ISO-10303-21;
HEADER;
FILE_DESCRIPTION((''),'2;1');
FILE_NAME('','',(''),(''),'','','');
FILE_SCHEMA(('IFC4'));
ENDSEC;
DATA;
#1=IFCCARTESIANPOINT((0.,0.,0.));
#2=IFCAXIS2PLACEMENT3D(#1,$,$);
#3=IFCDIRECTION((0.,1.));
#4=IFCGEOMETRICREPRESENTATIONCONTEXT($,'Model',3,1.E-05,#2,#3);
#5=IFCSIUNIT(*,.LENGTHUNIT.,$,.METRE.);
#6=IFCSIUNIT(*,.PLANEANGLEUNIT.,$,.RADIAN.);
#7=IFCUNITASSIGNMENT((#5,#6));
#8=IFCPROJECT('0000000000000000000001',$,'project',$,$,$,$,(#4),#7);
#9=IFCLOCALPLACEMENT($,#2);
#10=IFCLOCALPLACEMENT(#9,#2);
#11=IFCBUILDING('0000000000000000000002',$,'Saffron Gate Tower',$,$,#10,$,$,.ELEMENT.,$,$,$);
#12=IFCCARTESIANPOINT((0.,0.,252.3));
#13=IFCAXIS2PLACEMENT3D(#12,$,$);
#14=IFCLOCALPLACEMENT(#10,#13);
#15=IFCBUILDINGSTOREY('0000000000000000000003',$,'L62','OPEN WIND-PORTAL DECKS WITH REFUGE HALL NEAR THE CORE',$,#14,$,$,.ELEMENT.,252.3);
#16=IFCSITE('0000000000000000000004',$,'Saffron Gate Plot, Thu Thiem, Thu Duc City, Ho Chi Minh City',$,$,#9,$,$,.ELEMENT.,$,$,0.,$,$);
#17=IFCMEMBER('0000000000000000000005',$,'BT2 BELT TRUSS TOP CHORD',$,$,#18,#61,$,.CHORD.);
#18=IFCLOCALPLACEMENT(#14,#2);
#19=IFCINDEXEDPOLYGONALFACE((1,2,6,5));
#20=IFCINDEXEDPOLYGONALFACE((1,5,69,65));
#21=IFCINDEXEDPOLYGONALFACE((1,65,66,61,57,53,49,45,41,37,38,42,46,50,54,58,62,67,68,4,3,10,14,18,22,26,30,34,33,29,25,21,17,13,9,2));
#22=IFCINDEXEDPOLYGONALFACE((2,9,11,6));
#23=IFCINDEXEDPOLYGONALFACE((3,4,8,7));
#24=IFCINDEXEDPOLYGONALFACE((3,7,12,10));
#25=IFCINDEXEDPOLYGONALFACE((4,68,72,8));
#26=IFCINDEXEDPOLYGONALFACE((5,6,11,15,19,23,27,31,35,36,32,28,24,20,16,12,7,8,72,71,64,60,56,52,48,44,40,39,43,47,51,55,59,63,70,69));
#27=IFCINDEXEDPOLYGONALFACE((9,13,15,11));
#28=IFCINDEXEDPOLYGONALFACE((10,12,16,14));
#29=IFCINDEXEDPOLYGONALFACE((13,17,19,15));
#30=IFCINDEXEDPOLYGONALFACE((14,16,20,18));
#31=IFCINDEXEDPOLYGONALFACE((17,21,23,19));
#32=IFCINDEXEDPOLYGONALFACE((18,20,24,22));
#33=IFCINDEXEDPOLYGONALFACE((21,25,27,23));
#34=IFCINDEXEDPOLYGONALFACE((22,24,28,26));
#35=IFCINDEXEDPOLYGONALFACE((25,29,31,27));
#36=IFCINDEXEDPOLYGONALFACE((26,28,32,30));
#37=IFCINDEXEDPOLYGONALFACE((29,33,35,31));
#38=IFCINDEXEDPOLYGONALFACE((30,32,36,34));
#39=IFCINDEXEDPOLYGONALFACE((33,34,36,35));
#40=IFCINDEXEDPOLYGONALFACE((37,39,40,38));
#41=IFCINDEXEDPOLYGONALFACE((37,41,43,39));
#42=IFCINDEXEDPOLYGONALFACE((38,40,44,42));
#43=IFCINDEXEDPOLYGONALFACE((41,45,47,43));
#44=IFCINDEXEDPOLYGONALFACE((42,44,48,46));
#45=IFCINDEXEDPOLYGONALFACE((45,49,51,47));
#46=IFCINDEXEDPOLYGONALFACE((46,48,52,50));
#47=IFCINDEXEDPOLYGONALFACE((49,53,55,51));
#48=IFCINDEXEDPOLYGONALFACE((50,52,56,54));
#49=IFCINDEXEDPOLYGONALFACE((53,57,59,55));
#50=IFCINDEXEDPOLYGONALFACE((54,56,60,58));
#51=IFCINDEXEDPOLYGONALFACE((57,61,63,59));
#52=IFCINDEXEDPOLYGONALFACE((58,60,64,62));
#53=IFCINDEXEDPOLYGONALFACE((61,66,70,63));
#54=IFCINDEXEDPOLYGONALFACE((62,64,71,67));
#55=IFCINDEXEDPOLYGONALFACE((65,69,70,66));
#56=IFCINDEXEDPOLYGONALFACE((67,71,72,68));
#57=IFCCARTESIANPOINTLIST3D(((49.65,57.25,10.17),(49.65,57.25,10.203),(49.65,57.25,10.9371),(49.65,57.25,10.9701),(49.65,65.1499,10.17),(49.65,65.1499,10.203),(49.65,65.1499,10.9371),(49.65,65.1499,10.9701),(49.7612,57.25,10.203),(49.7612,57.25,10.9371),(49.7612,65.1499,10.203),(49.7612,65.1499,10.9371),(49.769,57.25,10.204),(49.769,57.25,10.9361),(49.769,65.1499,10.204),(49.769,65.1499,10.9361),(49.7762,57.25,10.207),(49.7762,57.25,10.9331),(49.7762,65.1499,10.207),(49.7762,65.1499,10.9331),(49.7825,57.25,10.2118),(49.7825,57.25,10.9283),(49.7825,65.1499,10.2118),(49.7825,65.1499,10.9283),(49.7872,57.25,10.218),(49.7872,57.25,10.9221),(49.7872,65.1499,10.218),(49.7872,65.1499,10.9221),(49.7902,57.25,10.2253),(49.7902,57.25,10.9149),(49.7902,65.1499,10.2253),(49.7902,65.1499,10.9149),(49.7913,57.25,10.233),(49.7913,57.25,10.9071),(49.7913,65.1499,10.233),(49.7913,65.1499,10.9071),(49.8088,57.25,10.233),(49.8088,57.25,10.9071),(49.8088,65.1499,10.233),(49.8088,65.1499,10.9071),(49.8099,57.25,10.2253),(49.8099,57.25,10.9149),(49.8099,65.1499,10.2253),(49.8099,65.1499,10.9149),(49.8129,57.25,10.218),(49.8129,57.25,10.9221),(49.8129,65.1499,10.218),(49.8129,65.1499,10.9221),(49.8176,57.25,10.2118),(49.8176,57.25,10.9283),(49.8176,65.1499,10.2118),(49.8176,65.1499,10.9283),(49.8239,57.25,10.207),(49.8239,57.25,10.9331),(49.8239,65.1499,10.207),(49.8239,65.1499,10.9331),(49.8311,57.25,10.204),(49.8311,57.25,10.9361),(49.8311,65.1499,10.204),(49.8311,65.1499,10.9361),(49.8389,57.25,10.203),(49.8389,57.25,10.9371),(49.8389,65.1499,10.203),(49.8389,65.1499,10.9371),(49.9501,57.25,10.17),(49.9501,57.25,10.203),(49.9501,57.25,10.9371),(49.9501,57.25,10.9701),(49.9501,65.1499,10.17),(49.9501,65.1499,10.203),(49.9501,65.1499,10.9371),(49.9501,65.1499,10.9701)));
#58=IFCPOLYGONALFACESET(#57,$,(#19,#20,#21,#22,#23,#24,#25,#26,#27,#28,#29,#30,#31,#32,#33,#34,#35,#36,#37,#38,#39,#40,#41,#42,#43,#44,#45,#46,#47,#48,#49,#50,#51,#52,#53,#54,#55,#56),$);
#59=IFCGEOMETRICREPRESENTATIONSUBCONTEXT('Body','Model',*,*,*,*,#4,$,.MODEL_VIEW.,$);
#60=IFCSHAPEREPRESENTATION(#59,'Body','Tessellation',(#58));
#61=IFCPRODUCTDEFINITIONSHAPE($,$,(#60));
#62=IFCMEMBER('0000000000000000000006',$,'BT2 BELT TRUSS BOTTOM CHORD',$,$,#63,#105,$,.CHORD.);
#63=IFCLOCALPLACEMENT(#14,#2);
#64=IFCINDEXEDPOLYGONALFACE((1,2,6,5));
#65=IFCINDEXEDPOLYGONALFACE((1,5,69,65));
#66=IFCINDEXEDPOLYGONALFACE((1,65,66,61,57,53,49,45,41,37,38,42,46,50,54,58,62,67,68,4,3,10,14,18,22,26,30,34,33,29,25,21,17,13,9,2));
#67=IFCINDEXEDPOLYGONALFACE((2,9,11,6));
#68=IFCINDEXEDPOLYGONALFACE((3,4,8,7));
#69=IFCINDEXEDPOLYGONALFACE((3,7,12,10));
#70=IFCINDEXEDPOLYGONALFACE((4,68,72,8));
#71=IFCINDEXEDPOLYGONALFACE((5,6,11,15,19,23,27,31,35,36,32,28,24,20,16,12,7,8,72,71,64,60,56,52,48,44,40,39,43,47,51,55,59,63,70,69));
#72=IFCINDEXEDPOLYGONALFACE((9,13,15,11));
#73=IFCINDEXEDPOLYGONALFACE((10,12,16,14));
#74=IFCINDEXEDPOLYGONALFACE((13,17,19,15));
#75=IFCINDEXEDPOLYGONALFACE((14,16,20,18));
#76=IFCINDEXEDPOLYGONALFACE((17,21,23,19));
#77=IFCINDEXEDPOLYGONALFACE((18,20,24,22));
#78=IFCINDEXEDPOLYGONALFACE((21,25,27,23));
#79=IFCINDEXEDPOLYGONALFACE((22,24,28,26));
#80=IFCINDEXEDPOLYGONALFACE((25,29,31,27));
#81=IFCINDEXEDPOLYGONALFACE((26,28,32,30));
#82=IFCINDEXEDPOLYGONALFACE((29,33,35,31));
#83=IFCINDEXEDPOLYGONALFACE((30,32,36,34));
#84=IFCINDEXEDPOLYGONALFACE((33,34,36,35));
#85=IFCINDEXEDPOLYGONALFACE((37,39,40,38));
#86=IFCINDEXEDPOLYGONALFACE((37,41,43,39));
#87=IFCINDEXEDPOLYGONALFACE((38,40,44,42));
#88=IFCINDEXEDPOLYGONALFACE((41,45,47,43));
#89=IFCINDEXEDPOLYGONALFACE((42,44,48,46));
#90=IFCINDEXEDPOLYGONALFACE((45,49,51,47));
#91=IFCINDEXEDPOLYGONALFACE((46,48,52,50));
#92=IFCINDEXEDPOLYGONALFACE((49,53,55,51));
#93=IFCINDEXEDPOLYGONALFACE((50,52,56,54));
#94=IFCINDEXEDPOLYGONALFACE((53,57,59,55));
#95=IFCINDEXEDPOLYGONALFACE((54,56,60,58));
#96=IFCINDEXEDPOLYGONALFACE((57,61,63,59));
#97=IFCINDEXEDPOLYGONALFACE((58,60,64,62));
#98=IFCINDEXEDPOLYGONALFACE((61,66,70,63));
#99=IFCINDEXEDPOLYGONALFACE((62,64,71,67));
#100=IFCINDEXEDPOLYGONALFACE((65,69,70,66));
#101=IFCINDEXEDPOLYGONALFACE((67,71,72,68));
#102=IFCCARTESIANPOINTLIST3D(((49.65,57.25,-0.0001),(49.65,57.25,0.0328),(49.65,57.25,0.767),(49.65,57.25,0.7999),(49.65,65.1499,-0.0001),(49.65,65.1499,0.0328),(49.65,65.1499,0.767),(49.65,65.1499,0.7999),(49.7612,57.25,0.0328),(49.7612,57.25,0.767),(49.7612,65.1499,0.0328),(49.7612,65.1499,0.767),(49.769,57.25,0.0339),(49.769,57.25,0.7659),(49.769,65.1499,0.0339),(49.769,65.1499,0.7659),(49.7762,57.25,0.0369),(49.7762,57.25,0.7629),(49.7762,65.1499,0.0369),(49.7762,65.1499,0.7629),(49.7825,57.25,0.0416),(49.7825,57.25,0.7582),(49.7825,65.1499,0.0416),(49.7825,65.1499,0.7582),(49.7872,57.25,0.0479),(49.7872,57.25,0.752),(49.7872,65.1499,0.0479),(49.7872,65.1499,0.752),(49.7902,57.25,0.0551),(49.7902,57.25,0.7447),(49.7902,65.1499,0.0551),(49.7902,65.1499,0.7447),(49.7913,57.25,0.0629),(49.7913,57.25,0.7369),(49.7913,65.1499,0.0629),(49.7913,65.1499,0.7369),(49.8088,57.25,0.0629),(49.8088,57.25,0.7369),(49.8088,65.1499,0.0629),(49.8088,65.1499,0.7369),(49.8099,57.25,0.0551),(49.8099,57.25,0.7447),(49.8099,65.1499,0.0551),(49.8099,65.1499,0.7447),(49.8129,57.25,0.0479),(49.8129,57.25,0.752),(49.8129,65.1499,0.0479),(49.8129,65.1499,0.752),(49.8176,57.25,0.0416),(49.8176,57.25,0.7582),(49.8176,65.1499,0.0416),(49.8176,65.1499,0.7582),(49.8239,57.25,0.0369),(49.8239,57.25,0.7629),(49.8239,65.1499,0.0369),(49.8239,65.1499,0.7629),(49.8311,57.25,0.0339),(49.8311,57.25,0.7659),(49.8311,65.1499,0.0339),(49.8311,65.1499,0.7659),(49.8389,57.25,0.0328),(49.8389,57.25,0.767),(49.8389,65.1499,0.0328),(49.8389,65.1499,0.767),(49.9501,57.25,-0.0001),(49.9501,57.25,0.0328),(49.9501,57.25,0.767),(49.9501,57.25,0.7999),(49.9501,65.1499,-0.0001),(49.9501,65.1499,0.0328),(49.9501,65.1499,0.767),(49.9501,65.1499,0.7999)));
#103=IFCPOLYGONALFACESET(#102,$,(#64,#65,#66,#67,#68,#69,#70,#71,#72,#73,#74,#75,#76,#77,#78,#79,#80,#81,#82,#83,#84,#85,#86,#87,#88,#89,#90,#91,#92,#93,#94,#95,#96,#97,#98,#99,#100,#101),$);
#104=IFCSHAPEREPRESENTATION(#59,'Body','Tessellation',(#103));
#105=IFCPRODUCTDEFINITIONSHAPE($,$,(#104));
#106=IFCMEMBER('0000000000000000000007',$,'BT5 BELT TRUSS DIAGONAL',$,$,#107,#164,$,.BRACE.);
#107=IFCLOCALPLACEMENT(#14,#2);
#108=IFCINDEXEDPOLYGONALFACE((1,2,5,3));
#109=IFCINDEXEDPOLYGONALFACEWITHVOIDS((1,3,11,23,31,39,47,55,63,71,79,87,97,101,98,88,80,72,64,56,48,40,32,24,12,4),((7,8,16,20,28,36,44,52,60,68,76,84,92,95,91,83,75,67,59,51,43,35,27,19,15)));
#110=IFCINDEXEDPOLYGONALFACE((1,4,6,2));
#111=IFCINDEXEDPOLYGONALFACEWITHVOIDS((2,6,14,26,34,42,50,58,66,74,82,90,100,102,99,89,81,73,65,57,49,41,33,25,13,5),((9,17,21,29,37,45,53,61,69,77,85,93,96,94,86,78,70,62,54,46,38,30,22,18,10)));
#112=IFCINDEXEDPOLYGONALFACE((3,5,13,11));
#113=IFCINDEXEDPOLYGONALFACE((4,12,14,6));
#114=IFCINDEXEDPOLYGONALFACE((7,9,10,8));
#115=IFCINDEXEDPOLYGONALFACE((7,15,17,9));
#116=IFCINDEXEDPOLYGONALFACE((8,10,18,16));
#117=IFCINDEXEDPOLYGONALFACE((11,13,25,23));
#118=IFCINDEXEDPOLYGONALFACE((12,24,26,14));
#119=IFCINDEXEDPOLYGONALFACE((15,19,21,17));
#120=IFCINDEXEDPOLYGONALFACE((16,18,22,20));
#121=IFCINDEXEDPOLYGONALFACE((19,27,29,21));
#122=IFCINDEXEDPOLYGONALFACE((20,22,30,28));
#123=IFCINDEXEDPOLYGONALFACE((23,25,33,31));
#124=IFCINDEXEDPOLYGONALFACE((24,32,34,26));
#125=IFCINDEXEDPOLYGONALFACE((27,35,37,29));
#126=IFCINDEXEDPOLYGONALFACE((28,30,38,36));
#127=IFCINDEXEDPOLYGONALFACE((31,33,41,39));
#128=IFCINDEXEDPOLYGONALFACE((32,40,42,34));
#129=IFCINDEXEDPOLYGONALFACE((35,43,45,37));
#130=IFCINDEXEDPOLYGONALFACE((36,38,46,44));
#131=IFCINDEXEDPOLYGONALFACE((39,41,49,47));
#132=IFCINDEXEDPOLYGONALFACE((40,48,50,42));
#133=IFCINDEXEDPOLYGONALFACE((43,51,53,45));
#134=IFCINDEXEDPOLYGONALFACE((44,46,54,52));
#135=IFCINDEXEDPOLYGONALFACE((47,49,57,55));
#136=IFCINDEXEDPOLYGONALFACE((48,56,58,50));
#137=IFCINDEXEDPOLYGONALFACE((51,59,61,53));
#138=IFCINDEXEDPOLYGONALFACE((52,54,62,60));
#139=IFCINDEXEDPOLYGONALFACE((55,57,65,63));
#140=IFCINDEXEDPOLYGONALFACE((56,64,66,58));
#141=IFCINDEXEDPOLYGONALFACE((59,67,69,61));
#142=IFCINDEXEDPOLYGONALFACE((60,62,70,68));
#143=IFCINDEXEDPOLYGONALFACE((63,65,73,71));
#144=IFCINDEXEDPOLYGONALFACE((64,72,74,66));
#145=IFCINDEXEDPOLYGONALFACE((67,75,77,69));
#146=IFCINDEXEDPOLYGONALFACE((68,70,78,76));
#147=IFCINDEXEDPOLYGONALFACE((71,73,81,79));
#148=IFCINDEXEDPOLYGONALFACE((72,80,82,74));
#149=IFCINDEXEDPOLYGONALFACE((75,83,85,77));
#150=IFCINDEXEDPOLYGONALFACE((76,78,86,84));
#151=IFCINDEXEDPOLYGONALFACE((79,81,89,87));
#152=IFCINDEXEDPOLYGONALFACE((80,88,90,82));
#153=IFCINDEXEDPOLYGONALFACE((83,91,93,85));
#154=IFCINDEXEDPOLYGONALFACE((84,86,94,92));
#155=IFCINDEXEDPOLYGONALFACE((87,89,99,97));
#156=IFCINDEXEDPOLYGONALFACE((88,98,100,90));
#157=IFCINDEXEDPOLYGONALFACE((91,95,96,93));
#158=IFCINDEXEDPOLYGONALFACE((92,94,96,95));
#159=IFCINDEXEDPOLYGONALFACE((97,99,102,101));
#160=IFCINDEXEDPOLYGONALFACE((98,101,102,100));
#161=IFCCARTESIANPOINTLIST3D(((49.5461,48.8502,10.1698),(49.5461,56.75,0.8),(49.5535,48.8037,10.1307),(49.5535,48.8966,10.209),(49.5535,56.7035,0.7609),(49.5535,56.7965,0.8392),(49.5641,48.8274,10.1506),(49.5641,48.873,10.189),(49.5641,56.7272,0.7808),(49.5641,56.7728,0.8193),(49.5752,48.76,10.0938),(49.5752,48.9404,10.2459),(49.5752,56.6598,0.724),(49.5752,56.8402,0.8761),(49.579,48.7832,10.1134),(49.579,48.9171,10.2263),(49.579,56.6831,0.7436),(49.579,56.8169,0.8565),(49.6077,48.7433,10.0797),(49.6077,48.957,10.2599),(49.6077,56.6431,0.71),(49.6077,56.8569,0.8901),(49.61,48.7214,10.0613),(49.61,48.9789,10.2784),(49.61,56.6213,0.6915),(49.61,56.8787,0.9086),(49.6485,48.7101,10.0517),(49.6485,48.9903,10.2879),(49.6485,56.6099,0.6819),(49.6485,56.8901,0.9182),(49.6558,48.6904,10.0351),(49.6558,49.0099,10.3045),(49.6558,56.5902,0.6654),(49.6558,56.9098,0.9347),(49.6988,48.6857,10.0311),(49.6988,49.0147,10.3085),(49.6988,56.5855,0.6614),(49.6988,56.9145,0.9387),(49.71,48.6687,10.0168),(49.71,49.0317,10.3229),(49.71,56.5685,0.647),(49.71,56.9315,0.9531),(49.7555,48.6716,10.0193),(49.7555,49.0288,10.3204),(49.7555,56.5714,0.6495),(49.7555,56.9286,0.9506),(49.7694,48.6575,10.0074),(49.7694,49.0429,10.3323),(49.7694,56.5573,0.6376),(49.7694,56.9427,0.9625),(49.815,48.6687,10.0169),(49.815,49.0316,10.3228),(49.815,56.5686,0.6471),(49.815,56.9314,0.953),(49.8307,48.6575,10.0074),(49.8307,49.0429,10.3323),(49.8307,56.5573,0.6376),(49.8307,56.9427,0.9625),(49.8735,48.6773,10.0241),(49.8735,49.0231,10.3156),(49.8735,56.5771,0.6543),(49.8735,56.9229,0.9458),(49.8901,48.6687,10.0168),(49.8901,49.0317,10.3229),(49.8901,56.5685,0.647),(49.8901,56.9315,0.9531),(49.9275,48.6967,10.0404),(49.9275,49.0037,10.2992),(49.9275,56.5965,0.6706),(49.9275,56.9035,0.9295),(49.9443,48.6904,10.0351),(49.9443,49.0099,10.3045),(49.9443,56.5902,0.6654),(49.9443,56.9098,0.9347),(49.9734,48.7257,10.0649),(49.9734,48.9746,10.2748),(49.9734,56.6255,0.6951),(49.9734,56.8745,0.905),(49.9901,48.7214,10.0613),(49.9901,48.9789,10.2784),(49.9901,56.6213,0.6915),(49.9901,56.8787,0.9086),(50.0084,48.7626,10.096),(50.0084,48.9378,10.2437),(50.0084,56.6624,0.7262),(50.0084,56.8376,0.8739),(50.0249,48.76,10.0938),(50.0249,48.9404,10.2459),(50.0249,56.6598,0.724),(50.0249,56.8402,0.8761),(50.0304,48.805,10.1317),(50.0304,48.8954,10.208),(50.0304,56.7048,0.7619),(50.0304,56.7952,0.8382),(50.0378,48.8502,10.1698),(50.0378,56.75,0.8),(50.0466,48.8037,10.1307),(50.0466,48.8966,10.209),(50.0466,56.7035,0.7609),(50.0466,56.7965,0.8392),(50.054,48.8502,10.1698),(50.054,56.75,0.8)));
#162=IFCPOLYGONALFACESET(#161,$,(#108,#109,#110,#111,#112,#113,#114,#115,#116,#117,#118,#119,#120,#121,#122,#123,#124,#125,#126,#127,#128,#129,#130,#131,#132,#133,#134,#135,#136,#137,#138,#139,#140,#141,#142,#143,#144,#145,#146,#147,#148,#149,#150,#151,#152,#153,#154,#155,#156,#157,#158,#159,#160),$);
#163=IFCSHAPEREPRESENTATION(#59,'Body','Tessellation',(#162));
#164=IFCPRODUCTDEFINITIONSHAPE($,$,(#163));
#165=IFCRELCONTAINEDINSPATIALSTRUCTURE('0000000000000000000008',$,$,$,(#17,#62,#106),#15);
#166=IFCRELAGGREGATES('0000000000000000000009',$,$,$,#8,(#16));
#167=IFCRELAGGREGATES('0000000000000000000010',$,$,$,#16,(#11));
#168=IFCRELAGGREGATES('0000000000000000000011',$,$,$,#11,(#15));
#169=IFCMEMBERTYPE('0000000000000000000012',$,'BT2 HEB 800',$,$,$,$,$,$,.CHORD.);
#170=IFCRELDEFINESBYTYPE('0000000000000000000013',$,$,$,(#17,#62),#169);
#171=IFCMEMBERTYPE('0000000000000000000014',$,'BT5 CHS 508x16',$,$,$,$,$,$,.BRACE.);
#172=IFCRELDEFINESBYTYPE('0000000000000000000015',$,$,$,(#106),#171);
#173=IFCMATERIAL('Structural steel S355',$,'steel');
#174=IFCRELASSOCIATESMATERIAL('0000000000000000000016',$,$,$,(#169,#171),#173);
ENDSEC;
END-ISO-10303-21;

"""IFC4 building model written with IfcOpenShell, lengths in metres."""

from ifc_helpers import new_model, si_unit, direction, frame, origin, origin_2d, place, context, subcontext, project, spatial, hollow_circle, i_section, extrude, material, material_profile, profile_set, type_object, element, save


model = new_model("IFC4")

# Units and contexts
model_context = context("Model", 3, precision=1e-05, world=origin(), true_north=direction((0.0, 1.0)))
body_context = subcontext(model_context, "Body", "Model", "MODEL_VIEW")
ifc_project = project(units=[si_unit("LENGTHUNIT", "METRE"), si_unit("PLANEANGLEUNIT", "RADIAN")], contexts=[model_context])

# Site, building, storey
site_placement = place(None, origin())
site = spatial("IfcSite", under=ifc_project, at=site_placement, Name="Saffron Gate Plot, Thu Thiem, Thu Duc City, Ho Chi Minh City", CompositionType="ELEMENT", RefElevation=0.0)
building_placement = place(site_placement, origin())
building = spatial("IfcBuilding", under=site, at=building_placement, Name="Saffron Gate Tower", CompositionType="ELEMENT")
storey_placement = place(building_placement, frame((0.0, 0.0, 252.3)))
storey = spatial("IfcBuildingStorey", under=building, at=storey_placement, Name="L62", Description="OPEN WIND-PORTAL DECKS WITH REFUGE HALL NEAR THE CORE", CompositionType="ELEMENT", Elevation=252.3)

# Shared definitions
ifc_material_1 = material(Name="Structural steel S355", Category="steel")

# Members
ifc_material_profile_1 = material_profile(ifc_material_1, i_section(OverallWidth=0.3, OverallDepth=0.8, WebThickness=0.0176, FlangeThickness=0.033, FilletRadius=0.03, at=origin_2d()))
ifc_profile_set_1 = profile_set([ifc_material_profile_1], Name="Structural steel S355")
member_type_1 = type_object("IfcMemberType", Name="BT2 HEB 800", PredefinedType="CHORD", material=ifc_profile_set_1)
for number, where, z_axis, x_axis, name in (
    (1, (49.8, 57.25, 10.5701), (0.0, 1.0, 0.0), (-1.0, 0.0, 0.0), "BT2 BELT TRUSS TOP CHORD"),
    (2, (49.8, 57.25, 0.3999), (0.0, 1.0, 0.0), (-1.0, 0.0, 0.0), "BT2 BELT TRUSS BOTTOM CHORD"),
):
    element("IfcMember", number, at=place(storey_placement, frame(where, z_axis=z_axis, x_axis=x_axis)), inside=storey, type_object=member_type_1, Name=name, PredefinedType="CHORD", context=body_context, shape_type="SweptSolid", body=[
        extrude(i_section(OverallWidth=0.3, OverallDepth=0.8, WebThickness=0.0176, FlangeThickness=0.033, FilletRadius=0.03, at=origin_2d()), origin(), (0.0, 0.0, 1.0), 7.8999),
    ])
ifc_material_profile_2 = material_profile(ifc_material_1, hollow_circle(Radius=0.2539, WallThickness=0.0161, at=origin_2d()))
ifc_profile_set_2 = profile_set([ifc_material_profile_2], Name="Structural steel S355")
member_type_2 = type_object("IfcMemberType", Name="BT5 CHS 508x16", PredefinedType="BRACE", material=ifc_profile_set_2)
for number, where, z_axis, x_axis, name in (
    (3, (49.8, 56.75, 0.8), (0.0, -0.644588, 0.76453), (1.0, 0.0, 0.0), "BT5 BELT TRUSS DIAGONAL"),
):
    element("IfcMember", number, at=place(storey_placement, frame(where, z_axis=z_axis, x_axis=x_axis)), inside=storey, type_object=member_type_2, Name=name, PredefinedType="BRACE", context=body_context, shape_type="SweptSolid", body=[
        extrude(hollow_circle(Radius=0.2539, WallThickness=0.0161, at=origin_2d()), origin(), (0.0, 0.0, 1.0), 12.2556),
    ])

save(model, "model.ifc")
